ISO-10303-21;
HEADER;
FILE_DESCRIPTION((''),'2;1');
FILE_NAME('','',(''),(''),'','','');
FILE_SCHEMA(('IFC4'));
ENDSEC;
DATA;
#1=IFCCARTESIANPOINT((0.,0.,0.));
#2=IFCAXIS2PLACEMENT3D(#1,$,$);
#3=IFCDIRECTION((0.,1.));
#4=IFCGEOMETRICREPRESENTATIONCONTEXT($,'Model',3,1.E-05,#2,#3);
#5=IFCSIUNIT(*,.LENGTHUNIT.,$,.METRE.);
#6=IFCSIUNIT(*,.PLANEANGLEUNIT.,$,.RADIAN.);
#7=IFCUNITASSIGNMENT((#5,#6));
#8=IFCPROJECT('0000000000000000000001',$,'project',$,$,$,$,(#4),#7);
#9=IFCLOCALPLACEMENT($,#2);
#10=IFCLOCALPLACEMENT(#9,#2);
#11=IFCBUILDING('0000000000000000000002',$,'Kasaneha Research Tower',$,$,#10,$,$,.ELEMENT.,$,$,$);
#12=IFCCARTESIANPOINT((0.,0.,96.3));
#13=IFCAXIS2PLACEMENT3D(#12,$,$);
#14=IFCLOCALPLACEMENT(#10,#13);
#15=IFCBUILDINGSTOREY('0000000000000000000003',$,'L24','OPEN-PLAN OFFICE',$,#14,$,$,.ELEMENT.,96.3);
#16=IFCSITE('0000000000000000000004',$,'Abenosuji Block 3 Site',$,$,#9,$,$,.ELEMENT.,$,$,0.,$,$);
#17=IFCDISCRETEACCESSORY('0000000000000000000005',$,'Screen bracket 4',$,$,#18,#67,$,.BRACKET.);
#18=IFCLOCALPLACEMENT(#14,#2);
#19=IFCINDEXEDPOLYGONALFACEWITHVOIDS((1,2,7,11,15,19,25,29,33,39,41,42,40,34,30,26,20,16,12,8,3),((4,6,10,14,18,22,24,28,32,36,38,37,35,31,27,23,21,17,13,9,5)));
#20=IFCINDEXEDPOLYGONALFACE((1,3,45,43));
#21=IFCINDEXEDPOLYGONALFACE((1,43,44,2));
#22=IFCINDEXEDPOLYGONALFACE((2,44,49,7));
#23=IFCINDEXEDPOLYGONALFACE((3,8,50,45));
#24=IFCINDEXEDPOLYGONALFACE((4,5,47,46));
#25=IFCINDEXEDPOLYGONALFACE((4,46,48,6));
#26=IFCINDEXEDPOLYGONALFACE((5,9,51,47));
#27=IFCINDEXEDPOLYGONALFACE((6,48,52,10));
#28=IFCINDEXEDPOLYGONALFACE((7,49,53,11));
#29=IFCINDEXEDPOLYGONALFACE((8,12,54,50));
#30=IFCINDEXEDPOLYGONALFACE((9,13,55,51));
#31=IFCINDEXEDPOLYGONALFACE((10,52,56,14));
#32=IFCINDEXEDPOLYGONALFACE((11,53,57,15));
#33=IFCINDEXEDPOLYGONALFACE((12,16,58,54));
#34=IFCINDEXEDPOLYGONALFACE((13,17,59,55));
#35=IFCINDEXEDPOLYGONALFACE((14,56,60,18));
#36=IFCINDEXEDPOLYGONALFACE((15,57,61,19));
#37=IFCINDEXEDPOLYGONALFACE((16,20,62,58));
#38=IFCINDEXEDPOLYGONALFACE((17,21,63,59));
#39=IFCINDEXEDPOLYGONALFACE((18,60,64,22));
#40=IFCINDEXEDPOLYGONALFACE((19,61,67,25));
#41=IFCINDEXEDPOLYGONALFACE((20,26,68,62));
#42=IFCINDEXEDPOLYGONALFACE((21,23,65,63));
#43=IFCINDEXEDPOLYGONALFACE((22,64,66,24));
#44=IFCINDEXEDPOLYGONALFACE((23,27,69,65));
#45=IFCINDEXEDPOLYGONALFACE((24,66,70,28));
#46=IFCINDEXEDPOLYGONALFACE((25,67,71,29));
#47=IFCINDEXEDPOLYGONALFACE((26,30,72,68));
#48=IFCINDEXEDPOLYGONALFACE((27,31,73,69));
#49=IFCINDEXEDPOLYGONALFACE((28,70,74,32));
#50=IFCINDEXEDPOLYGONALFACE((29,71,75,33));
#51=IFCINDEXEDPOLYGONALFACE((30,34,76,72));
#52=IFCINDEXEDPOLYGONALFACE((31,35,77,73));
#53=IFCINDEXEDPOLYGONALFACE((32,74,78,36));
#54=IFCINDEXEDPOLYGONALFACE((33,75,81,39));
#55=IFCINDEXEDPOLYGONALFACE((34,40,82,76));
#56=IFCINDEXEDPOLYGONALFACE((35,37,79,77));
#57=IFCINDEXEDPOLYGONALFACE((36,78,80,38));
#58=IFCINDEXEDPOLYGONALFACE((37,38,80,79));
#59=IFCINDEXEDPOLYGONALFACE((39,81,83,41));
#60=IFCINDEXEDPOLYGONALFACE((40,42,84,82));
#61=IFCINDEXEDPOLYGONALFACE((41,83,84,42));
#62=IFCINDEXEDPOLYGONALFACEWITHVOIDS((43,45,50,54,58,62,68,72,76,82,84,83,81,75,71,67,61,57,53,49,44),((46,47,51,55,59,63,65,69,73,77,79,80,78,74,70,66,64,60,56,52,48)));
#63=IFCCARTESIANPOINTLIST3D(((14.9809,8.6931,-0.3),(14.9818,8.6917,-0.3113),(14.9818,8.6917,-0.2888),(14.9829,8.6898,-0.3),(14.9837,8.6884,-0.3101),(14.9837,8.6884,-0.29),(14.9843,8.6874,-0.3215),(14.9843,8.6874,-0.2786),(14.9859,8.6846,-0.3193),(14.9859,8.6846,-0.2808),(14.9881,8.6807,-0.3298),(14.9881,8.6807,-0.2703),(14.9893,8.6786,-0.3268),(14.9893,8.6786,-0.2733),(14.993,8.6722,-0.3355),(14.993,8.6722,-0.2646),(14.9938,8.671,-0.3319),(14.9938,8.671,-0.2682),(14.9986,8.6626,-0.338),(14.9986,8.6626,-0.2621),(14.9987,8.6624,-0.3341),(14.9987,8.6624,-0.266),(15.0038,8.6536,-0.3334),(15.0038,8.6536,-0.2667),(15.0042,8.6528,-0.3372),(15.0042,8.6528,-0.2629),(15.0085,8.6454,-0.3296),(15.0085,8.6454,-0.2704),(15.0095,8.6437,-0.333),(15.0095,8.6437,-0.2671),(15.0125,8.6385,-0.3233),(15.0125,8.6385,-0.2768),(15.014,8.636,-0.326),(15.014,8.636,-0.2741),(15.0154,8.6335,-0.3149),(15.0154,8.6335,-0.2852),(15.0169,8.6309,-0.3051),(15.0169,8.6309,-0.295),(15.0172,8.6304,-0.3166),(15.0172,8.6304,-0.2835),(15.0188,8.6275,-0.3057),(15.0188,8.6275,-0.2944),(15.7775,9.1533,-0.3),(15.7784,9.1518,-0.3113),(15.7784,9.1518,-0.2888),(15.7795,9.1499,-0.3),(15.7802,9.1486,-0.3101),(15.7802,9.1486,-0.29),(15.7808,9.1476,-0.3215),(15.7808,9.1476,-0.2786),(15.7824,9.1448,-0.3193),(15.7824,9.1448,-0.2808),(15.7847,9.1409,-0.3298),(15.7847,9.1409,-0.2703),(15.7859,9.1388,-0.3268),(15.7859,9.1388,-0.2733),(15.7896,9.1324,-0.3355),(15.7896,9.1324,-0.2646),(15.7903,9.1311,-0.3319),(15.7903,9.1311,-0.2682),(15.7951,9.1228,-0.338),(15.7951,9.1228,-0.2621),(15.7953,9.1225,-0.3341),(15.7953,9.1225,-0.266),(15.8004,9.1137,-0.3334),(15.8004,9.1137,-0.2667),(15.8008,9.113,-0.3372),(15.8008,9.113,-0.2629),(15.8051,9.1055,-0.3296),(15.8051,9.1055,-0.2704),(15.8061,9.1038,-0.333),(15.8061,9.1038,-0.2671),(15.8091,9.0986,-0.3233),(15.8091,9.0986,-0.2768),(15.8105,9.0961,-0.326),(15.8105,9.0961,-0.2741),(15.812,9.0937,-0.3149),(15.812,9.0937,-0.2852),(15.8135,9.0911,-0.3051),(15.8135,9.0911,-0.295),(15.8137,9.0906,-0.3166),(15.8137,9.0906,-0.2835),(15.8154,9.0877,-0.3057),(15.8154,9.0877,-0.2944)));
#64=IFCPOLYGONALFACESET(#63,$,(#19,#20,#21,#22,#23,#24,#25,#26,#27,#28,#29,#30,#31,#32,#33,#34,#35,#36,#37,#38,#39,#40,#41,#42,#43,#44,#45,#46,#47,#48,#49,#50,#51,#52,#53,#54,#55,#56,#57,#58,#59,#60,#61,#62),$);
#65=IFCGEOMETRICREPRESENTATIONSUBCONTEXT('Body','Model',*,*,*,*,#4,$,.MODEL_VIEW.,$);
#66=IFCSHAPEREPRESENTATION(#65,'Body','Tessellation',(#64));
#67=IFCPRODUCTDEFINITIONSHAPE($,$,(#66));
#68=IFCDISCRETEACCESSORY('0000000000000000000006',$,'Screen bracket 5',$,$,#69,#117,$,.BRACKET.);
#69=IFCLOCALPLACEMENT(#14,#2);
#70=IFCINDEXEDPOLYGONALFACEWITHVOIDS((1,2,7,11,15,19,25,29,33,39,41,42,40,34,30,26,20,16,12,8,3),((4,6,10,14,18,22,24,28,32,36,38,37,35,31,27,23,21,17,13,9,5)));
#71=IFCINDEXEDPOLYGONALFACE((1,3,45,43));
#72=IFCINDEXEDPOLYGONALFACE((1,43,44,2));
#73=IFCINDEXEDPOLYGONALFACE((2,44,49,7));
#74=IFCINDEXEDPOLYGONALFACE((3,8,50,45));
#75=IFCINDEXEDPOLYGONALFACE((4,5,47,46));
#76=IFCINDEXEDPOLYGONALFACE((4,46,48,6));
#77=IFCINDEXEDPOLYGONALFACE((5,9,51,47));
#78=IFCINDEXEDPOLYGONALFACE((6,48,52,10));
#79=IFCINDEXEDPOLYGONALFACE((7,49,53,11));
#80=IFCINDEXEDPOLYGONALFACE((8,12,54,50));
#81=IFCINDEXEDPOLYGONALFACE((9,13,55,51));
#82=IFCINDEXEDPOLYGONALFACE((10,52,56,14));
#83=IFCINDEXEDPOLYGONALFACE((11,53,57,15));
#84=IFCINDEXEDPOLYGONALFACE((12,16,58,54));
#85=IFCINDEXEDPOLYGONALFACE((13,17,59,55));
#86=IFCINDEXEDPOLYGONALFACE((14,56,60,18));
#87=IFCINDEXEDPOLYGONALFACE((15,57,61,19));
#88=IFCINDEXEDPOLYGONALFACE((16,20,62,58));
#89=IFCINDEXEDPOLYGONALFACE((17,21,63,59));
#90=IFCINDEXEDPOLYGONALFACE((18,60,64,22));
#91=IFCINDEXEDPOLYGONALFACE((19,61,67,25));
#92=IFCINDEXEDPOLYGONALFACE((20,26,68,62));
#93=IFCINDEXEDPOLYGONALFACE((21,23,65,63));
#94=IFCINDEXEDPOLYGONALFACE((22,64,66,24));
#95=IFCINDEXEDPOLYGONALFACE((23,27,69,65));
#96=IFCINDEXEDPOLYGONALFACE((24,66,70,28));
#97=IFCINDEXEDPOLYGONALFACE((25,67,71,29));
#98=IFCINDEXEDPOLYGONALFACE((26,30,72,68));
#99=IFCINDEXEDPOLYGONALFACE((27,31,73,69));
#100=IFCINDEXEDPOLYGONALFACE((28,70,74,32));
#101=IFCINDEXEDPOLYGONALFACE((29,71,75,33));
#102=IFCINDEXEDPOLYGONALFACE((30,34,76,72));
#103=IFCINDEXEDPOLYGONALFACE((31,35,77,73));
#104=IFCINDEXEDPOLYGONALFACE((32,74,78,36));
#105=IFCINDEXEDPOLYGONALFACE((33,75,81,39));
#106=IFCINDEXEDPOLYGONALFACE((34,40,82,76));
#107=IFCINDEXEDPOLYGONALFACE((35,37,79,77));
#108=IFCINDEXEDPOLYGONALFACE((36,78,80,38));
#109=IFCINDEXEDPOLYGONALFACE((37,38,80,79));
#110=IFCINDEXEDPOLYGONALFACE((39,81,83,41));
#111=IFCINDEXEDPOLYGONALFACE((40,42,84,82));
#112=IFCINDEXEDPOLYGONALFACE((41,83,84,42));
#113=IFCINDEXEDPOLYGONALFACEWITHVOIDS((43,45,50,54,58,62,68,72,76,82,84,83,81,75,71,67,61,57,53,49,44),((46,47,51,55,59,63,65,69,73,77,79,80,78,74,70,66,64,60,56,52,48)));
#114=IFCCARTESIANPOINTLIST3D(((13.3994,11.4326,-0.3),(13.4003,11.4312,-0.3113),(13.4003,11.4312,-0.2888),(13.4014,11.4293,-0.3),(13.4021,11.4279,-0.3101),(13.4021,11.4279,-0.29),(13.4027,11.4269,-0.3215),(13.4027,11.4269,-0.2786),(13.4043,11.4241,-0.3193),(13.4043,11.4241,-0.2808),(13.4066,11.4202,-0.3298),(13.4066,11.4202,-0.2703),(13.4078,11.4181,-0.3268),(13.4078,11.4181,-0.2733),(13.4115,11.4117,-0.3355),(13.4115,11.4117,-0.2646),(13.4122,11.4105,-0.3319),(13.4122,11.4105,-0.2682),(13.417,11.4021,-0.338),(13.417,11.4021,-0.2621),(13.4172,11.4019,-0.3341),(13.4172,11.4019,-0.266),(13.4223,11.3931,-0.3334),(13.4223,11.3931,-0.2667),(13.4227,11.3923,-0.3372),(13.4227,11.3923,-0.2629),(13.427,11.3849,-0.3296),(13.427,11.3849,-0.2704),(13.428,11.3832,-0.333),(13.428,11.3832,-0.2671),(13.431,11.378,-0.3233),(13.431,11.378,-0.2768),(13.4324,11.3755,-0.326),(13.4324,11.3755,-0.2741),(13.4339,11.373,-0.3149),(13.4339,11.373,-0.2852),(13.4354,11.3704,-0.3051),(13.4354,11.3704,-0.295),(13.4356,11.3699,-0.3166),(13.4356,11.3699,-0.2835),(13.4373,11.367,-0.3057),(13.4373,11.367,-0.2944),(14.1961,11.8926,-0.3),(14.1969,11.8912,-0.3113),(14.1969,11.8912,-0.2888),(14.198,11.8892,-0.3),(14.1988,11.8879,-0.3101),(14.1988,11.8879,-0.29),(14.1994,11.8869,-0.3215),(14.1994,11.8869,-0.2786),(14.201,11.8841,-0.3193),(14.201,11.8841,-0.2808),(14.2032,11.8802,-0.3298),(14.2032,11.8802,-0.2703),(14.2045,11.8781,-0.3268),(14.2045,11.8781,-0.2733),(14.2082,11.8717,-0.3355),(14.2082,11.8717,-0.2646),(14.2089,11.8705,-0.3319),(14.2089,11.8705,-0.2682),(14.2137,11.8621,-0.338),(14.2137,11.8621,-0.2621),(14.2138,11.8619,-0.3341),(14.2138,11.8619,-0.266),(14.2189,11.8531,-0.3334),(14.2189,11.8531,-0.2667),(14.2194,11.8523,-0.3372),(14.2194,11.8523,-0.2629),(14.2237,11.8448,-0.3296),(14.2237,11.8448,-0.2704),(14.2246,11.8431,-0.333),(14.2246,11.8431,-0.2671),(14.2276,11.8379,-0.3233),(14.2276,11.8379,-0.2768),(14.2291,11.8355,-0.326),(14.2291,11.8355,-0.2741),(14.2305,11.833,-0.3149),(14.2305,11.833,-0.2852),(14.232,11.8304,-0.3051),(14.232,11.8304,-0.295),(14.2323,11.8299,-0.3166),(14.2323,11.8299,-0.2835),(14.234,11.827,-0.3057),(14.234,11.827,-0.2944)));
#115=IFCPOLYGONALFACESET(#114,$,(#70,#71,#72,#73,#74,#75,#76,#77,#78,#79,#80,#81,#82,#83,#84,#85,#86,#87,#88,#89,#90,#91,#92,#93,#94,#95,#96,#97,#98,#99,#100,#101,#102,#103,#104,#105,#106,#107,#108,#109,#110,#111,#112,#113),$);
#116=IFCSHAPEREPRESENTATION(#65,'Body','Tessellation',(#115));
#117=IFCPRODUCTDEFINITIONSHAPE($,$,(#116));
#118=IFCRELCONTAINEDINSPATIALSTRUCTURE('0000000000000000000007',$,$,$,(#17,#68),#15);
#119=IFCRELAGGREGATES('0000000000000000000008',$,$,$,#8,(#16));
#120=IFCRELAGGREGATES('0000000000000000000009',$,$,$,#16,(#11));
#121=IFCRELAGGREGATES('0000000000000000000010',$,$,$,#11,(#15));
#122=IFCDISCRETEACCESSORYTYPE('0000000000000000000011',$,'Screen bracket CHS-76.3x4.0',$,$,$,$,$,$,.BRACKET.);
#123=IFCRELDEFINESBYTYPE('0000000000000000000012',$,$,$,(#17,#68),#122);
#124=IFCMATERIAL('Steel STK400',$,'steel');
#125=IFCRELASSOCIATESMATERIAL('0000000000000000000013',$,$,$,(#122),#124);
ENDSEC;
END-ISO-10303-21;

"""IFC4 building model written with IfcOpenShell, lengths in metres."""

from ifc_helpers import new_model, si_unit, direction, frame, origin, origin_2d, place, context, subcontext, project, spatial, hollow_circle, extrude, material, material_profile, profile_set, type_object, element, save


model = new_model("IFC4")

# Units and contexts
model_context = context("Model", 3, precision=1e-05, world=origin(), true_north=direction((0.0, 1.0)))
body_context = subcontext(model_context, "Body", "Model", "MODEL_VIEW")
ifc_project = project(units=[si_unit("LENGTHUNIT", "METRE"), si_unit("PLANEANGLEUNIT", "RADIAN")], contexts=[model_context])

# Site, building, storey
site_placement = place(None, origin())
site = spatial("IfcSite", under=ifc_project, at=site_placement, Name="Abenosuji Block 3 Site", CompositionType="ELEMENT", RefElevation=0.0)
building_placement = place(site_placement, origin())
building = spatial("IfcBuilding", under=site, at=building_placement, Name="Kasaneha Research Tower", CompositionType="ELEMENT")
storey_placement = place(building_placement, frame((0.0, 0.0, 96.3)))
storey = spatial("IfcBuildingStorey", under=building, at=storey_placement, Name="L24", Description="OPEN-PLAN OFFICE", CompositionType="ELEMENT", Elevation=96.3)

# Discrete accessories
ifc_material_1 = material(Name="Steel STK400", Category="steel")
ifc_material_profile_1 = material_profile(ifc_material_1, hollow_circle(Radius=0.0381, WallThickness=0.0039, at=origin_2d()), Name="CHS-76.3x4.0")
ifc_profile_set_1 = profile_set([ifc_material_profile_1], Name="Steel STK400")
discrete_accessory_type = type_object("IfcDiscreteAccessoryType", Name="Screen bracket CHS-76.3x4.0", PredefinedType="BRACKET", material=ifc_profile_set_1)
for number, where, z_axis, x_axis, name in (
    (1, (15.0, 8.6602, -0.3), (0.865898, 0.50022, 0.0), (-0.50022, 0.865898, 0.0), "Screen bracket 4"),
    (2, (13.4185, 11.3997, -0.3), (0.866013, 0.500021, 0.0), (-0.500021, 0.866013, 0.0), "Screen bracket 5"),
):
    element("IfcDiscreteAccessory", number, at=place(storey_placement, frame(where, z_axis=z_axis, x_axis=x_axis)), inside=storey, type_object=discrete_accessory_type, Name=name, PredefinedType="BRACKET", context=body_context, shape_type="SweptSolid", body=[
        extrude(hollow_circle(Radius=0.0381, WallThickness=0.0039, at=origin_2d()), origin(), (0.0, 0.0, 1.0), 0.9199),
    ])

save(model, "model.ifc")
